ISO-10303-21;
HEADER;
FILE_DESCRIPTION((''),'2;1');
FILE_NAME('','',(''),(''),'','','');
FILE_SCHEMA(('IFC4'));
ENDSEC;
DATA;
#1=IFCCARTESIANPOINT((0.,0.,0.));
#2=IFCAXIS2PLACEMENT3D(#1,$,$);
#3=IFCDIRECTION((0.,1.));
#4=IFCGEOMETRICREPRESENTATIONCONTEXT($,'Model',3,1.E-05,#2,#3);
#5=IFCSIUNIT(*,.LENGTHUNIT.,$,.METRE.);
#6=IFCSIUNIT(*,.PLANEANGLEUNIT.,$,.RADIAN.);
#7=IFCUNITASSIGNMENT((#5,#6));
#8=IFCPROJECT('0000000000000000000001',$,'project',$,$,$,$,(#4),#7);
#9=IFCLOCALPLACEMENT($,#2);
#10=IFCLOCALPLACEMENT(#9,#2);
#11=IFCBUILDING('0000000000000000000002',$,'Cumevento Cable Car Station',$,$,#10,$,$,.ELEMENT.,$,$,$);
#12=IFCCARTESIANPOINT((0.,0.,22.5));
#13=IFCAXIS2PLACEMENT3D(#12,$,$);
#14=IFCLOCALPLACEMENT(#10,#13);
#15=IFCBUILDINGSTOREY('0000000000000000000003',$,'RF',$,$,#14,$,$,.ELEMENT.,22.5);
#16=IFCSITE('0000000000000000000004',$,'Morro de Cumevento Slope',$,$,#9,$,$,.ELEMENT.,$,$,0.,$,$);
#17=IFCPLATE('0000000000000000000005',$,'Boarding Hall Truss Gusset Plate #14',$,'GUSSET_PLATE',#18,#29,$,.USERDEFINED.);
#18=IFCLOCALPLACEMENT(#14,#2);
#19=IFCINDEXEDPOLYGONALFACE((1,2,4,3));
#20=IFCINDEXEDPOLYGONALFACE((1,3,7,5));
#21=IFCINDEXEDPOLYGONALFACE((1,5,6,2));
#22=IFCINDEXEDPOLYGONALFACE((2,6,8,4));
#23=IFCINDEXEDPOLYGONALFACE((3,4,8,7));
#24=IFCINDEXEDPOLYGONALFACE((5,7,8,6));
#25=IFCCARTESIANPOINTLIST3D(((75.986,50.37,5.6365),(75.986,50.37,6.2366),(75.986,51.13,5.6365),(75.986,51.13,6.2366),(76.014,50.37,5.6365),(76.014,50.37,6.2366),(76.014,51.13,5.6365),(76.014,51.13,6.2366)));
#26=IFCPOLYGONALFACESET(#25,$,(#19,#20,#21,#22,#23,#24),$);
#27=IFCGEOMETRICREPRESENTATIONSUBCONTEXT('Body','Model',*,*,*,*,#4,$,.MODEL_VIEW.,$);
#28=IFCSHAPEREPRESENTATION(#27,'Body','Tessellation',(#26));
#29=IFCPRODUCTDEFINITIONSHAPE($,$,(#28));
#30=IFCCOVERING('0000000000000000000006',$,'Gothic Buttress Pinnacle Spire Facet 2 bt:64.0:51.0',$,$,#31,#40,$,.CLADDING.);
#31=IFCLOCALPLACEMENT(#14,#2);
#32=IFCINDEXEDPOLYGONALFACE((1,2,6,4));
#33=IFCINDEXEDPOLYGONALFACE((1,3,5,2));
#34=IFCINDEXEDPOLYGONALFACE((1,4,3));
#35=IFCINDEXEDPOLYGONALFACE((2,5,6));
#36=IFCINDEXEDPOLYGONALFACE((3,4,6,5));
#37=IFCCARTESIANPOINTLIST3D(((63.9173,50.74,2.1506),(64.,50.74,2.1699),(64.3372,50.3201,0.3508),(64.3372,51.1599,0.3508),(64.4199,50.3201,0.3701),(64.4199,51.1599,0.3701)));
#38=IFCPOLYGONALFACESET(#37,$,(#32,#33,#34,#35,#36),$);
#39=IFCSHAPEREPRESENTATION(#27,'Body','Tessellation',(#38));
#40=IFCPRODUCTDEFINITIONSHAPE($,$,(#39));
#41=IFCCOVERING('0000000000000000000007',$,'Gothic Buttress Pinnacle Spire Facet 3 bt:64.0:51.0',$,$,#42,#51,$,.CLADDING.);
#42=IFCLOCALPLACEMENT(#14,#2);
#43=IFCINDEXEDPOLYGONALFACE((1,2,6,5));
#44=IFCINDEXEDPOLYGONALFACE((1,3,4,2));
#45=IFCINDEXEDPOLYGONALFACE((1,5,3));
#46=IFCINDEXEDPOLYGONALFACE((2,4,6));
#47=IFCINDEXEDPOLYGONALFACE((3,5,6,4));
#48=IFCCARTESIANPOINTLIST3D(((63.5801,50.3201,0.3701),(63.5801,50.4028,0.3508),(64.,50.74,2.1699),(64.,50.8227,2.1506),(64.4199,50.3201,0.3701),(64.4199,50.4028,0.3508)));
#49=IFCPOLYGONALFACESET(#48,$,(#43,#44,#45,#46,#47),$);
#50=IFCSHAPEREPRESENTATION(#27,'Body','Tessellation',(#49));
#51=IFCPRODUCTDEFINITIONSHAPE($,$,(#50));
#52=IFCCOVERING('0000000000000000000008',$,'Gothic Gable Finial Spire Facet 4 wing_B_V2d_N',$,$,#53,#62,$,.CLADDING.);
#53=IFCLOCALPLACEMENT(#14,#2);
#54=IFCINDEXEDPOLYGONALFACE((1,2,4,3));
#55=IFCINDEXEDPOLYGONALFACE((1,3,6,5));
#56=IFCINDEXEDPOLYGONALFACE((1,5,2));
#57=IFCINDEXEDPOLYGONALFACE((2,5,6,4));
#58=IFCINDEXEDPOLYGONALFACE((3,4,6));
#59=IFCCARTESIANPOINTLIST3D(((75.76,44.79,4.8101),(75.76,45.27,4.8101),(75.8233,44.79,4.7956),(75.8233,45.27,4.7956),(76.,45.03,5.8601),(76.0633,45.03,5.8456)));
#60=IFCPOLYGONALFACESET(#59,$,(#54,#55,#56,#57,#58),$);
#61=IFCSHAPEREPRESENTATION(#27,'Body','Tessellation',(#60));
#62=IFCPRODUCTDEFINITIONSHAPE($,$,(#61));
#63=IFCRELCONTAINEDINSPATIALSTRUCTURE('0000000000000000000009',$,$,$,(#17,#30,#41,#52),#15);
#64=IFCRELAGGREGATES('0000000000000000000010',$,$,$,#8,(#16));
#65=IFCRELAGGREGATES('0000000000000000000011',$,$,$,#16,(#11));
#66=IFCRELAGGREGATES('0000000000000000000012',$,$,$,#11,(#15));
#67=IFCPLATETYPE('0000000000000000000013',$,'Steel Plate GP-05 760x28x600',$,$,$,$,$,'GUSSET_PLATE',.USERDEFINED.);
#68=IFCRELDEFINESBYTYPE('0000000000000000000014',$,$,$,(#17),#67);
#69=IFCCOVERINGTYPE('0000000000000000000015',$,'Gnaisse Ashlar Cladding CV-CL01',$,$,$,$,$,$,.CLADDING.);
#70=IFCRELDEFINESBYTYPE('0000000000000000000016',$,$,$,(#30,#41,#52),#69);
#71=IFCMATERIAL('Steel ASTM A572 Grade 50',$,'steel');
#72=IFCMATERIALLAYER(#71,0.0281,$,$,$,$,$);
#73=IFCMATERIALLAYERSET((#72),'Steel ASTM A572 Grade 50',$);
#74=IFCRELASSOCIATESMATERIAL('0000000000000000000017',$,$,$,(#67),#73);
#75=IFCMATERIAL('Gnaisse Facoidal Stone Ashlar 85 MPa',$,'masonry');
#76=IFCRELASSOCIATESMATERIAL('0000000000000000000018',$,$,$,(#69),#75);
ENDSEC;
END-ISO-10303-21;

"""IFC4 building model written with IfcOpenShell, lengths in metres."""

from ifc_helpers import new_model, si_unit, direction, frame, origin, origin_2d, place, context, subcontext, project, spatial, polyline, rectangle, outline, extrude, material, layer, layer_set, type_object, element, save


model = new_model("IFC4")

# Units and contexts
model_context = context("Model", 3, precision=1e-05, world=origin(), true_north=direction((0.0, 1.0)))
body_context = subcontext(model_context, "Body", "Model", "MODEL_VIEW")
ifc_project = project(units=[si_unit("LENGTHUNIT", "METRE"), si_unit("PLANEANGLEUNIT", "RADIAN")], contexts=[model_context])

# Site, building, storey
site_placement = place(None, origin())
site = spatial("IfcSite", under=ifc_project, at=site_placement, Name="Morro de Cumevento Slope", CompositionType="ELEMENT", RefElevation=0.0)
building_placement = place(site_placement, origin())
building = spatial("IfcBuilding", under=site, at=building_placement, Name="Cumevento Cable Car Station", CompositionType="ELEMENT")
storey_placement = place(building_placement, frame((0.0, 0.0, 22.5)))
storey = spatial("IfcBuildingStorey", under=building, at=storey_placement, Name="RF", CompositionType="ELEMENT", Elevation=22.5)

# Plate
ifc_material_1 = material(Name="Steel ASTM A572 Grade 50", Category="steel")
ifc_layer_1 = layer(ifc_material_1, 0.0281)
ifc_layer_set_1 = layer_set([ifc_layer_1], Name="Steel ASTM A572 Grade 50")
plate_type_1 = type_object("IfcPlateType", Name="Steel Plate GP-05 760x28x600", ElementType="GUSSET_PLATE", PredefinedType="USERDEFINED", material=ifc_layer_set_1)
plate_1_placement = place(storey_placement, frame((76.0, 50.75, 5.6365), z_axis=(0.0, 0.0, 1.0), x_axis=(0.0, 1.0, 0.0)))
element("IfcPlate", 1, at=plate_1_placement, inside=storey, type_object=plate_type_1, Name="Boarding Hall Truss Gusset Plate #14", ObjectType="GUSSET_PLATE", PredefinedType="USERDEFINED", context=body_context, shape_type="SweptSolid", body=[
    extrude(rectangle(XDim=0.76, YDim=0.0281, at=origin_2d()), origin(), (0.0, 0.0, 1.0), 0.6001),
])

# Coverings
ifc_material_2 = material(Name="Gnaisse Facoidal Stone Ashlar 85 MPa", Category="masonry")
covering_type = type_object("IfcCoveringType", Name="Gnaisse Ashlar Cladding CV-CL01", PredefinedType="CLADDING", material=ifc_material_2)
for number, where, z_axis, x_axis, name in (
    (2, (64.4199, 51.1599, 0.3701), (0.973845, 0.0, 0.227213), (0.0, -1.0, 0.0), "Gothic Buttress Pinnacle Spire Facet 2 bt:64.0:51.0"),
    (3, (64.4199, 50.3201, 0.3701), (0.0, -0.973845, 0.227213), (-1.0, 0.0, 0.0), "Gothic Buttress Pinnacle Spire Facet 3 bt:64.0:51.0"),
):
    element("IfcCovering", number, at=place(storey_placement, frame(where, z_axis=z_axis, x_axis=x_axis)), inside=storey, type_object=covering_type, Name=name, PredefinedType="CLADDING", context=body_context, shape_type="SweptSolid", body=[
        extrude(outline(polyline([(0.0, 0.0), (0.8398, 0.0), (0.4199, -1.8481), (0.0, 0.0)])), origin(), (0.0, 0.0, -1.0), 0.085),
    ])
covering_1_placement = place(storey_placement, frame((75.76, 45.27, 4.8101), z_axis=(-0.974863, 0.0, 0.222806), x_axis=(0.0, -1.0, 0.0)))
element("IfcCovering", 4, at=covering_1_placement, inside=storey, type_object=covering_type, Name="Gothic Gable Finial Spire Facet 4 wing_B_V2d_N", PredefinedType="CLADDING", context=body_context, shape_type="SweptSolid", body=[
    extrude(outline(polyline([(0.0, 0.0), (0.48, 0.0), (0.24, 1.0771), (0.0, 0.0)])), origin(), (0.0, 0.0, -1.0), 0.0649),
])

save(model, "model.ifc")
